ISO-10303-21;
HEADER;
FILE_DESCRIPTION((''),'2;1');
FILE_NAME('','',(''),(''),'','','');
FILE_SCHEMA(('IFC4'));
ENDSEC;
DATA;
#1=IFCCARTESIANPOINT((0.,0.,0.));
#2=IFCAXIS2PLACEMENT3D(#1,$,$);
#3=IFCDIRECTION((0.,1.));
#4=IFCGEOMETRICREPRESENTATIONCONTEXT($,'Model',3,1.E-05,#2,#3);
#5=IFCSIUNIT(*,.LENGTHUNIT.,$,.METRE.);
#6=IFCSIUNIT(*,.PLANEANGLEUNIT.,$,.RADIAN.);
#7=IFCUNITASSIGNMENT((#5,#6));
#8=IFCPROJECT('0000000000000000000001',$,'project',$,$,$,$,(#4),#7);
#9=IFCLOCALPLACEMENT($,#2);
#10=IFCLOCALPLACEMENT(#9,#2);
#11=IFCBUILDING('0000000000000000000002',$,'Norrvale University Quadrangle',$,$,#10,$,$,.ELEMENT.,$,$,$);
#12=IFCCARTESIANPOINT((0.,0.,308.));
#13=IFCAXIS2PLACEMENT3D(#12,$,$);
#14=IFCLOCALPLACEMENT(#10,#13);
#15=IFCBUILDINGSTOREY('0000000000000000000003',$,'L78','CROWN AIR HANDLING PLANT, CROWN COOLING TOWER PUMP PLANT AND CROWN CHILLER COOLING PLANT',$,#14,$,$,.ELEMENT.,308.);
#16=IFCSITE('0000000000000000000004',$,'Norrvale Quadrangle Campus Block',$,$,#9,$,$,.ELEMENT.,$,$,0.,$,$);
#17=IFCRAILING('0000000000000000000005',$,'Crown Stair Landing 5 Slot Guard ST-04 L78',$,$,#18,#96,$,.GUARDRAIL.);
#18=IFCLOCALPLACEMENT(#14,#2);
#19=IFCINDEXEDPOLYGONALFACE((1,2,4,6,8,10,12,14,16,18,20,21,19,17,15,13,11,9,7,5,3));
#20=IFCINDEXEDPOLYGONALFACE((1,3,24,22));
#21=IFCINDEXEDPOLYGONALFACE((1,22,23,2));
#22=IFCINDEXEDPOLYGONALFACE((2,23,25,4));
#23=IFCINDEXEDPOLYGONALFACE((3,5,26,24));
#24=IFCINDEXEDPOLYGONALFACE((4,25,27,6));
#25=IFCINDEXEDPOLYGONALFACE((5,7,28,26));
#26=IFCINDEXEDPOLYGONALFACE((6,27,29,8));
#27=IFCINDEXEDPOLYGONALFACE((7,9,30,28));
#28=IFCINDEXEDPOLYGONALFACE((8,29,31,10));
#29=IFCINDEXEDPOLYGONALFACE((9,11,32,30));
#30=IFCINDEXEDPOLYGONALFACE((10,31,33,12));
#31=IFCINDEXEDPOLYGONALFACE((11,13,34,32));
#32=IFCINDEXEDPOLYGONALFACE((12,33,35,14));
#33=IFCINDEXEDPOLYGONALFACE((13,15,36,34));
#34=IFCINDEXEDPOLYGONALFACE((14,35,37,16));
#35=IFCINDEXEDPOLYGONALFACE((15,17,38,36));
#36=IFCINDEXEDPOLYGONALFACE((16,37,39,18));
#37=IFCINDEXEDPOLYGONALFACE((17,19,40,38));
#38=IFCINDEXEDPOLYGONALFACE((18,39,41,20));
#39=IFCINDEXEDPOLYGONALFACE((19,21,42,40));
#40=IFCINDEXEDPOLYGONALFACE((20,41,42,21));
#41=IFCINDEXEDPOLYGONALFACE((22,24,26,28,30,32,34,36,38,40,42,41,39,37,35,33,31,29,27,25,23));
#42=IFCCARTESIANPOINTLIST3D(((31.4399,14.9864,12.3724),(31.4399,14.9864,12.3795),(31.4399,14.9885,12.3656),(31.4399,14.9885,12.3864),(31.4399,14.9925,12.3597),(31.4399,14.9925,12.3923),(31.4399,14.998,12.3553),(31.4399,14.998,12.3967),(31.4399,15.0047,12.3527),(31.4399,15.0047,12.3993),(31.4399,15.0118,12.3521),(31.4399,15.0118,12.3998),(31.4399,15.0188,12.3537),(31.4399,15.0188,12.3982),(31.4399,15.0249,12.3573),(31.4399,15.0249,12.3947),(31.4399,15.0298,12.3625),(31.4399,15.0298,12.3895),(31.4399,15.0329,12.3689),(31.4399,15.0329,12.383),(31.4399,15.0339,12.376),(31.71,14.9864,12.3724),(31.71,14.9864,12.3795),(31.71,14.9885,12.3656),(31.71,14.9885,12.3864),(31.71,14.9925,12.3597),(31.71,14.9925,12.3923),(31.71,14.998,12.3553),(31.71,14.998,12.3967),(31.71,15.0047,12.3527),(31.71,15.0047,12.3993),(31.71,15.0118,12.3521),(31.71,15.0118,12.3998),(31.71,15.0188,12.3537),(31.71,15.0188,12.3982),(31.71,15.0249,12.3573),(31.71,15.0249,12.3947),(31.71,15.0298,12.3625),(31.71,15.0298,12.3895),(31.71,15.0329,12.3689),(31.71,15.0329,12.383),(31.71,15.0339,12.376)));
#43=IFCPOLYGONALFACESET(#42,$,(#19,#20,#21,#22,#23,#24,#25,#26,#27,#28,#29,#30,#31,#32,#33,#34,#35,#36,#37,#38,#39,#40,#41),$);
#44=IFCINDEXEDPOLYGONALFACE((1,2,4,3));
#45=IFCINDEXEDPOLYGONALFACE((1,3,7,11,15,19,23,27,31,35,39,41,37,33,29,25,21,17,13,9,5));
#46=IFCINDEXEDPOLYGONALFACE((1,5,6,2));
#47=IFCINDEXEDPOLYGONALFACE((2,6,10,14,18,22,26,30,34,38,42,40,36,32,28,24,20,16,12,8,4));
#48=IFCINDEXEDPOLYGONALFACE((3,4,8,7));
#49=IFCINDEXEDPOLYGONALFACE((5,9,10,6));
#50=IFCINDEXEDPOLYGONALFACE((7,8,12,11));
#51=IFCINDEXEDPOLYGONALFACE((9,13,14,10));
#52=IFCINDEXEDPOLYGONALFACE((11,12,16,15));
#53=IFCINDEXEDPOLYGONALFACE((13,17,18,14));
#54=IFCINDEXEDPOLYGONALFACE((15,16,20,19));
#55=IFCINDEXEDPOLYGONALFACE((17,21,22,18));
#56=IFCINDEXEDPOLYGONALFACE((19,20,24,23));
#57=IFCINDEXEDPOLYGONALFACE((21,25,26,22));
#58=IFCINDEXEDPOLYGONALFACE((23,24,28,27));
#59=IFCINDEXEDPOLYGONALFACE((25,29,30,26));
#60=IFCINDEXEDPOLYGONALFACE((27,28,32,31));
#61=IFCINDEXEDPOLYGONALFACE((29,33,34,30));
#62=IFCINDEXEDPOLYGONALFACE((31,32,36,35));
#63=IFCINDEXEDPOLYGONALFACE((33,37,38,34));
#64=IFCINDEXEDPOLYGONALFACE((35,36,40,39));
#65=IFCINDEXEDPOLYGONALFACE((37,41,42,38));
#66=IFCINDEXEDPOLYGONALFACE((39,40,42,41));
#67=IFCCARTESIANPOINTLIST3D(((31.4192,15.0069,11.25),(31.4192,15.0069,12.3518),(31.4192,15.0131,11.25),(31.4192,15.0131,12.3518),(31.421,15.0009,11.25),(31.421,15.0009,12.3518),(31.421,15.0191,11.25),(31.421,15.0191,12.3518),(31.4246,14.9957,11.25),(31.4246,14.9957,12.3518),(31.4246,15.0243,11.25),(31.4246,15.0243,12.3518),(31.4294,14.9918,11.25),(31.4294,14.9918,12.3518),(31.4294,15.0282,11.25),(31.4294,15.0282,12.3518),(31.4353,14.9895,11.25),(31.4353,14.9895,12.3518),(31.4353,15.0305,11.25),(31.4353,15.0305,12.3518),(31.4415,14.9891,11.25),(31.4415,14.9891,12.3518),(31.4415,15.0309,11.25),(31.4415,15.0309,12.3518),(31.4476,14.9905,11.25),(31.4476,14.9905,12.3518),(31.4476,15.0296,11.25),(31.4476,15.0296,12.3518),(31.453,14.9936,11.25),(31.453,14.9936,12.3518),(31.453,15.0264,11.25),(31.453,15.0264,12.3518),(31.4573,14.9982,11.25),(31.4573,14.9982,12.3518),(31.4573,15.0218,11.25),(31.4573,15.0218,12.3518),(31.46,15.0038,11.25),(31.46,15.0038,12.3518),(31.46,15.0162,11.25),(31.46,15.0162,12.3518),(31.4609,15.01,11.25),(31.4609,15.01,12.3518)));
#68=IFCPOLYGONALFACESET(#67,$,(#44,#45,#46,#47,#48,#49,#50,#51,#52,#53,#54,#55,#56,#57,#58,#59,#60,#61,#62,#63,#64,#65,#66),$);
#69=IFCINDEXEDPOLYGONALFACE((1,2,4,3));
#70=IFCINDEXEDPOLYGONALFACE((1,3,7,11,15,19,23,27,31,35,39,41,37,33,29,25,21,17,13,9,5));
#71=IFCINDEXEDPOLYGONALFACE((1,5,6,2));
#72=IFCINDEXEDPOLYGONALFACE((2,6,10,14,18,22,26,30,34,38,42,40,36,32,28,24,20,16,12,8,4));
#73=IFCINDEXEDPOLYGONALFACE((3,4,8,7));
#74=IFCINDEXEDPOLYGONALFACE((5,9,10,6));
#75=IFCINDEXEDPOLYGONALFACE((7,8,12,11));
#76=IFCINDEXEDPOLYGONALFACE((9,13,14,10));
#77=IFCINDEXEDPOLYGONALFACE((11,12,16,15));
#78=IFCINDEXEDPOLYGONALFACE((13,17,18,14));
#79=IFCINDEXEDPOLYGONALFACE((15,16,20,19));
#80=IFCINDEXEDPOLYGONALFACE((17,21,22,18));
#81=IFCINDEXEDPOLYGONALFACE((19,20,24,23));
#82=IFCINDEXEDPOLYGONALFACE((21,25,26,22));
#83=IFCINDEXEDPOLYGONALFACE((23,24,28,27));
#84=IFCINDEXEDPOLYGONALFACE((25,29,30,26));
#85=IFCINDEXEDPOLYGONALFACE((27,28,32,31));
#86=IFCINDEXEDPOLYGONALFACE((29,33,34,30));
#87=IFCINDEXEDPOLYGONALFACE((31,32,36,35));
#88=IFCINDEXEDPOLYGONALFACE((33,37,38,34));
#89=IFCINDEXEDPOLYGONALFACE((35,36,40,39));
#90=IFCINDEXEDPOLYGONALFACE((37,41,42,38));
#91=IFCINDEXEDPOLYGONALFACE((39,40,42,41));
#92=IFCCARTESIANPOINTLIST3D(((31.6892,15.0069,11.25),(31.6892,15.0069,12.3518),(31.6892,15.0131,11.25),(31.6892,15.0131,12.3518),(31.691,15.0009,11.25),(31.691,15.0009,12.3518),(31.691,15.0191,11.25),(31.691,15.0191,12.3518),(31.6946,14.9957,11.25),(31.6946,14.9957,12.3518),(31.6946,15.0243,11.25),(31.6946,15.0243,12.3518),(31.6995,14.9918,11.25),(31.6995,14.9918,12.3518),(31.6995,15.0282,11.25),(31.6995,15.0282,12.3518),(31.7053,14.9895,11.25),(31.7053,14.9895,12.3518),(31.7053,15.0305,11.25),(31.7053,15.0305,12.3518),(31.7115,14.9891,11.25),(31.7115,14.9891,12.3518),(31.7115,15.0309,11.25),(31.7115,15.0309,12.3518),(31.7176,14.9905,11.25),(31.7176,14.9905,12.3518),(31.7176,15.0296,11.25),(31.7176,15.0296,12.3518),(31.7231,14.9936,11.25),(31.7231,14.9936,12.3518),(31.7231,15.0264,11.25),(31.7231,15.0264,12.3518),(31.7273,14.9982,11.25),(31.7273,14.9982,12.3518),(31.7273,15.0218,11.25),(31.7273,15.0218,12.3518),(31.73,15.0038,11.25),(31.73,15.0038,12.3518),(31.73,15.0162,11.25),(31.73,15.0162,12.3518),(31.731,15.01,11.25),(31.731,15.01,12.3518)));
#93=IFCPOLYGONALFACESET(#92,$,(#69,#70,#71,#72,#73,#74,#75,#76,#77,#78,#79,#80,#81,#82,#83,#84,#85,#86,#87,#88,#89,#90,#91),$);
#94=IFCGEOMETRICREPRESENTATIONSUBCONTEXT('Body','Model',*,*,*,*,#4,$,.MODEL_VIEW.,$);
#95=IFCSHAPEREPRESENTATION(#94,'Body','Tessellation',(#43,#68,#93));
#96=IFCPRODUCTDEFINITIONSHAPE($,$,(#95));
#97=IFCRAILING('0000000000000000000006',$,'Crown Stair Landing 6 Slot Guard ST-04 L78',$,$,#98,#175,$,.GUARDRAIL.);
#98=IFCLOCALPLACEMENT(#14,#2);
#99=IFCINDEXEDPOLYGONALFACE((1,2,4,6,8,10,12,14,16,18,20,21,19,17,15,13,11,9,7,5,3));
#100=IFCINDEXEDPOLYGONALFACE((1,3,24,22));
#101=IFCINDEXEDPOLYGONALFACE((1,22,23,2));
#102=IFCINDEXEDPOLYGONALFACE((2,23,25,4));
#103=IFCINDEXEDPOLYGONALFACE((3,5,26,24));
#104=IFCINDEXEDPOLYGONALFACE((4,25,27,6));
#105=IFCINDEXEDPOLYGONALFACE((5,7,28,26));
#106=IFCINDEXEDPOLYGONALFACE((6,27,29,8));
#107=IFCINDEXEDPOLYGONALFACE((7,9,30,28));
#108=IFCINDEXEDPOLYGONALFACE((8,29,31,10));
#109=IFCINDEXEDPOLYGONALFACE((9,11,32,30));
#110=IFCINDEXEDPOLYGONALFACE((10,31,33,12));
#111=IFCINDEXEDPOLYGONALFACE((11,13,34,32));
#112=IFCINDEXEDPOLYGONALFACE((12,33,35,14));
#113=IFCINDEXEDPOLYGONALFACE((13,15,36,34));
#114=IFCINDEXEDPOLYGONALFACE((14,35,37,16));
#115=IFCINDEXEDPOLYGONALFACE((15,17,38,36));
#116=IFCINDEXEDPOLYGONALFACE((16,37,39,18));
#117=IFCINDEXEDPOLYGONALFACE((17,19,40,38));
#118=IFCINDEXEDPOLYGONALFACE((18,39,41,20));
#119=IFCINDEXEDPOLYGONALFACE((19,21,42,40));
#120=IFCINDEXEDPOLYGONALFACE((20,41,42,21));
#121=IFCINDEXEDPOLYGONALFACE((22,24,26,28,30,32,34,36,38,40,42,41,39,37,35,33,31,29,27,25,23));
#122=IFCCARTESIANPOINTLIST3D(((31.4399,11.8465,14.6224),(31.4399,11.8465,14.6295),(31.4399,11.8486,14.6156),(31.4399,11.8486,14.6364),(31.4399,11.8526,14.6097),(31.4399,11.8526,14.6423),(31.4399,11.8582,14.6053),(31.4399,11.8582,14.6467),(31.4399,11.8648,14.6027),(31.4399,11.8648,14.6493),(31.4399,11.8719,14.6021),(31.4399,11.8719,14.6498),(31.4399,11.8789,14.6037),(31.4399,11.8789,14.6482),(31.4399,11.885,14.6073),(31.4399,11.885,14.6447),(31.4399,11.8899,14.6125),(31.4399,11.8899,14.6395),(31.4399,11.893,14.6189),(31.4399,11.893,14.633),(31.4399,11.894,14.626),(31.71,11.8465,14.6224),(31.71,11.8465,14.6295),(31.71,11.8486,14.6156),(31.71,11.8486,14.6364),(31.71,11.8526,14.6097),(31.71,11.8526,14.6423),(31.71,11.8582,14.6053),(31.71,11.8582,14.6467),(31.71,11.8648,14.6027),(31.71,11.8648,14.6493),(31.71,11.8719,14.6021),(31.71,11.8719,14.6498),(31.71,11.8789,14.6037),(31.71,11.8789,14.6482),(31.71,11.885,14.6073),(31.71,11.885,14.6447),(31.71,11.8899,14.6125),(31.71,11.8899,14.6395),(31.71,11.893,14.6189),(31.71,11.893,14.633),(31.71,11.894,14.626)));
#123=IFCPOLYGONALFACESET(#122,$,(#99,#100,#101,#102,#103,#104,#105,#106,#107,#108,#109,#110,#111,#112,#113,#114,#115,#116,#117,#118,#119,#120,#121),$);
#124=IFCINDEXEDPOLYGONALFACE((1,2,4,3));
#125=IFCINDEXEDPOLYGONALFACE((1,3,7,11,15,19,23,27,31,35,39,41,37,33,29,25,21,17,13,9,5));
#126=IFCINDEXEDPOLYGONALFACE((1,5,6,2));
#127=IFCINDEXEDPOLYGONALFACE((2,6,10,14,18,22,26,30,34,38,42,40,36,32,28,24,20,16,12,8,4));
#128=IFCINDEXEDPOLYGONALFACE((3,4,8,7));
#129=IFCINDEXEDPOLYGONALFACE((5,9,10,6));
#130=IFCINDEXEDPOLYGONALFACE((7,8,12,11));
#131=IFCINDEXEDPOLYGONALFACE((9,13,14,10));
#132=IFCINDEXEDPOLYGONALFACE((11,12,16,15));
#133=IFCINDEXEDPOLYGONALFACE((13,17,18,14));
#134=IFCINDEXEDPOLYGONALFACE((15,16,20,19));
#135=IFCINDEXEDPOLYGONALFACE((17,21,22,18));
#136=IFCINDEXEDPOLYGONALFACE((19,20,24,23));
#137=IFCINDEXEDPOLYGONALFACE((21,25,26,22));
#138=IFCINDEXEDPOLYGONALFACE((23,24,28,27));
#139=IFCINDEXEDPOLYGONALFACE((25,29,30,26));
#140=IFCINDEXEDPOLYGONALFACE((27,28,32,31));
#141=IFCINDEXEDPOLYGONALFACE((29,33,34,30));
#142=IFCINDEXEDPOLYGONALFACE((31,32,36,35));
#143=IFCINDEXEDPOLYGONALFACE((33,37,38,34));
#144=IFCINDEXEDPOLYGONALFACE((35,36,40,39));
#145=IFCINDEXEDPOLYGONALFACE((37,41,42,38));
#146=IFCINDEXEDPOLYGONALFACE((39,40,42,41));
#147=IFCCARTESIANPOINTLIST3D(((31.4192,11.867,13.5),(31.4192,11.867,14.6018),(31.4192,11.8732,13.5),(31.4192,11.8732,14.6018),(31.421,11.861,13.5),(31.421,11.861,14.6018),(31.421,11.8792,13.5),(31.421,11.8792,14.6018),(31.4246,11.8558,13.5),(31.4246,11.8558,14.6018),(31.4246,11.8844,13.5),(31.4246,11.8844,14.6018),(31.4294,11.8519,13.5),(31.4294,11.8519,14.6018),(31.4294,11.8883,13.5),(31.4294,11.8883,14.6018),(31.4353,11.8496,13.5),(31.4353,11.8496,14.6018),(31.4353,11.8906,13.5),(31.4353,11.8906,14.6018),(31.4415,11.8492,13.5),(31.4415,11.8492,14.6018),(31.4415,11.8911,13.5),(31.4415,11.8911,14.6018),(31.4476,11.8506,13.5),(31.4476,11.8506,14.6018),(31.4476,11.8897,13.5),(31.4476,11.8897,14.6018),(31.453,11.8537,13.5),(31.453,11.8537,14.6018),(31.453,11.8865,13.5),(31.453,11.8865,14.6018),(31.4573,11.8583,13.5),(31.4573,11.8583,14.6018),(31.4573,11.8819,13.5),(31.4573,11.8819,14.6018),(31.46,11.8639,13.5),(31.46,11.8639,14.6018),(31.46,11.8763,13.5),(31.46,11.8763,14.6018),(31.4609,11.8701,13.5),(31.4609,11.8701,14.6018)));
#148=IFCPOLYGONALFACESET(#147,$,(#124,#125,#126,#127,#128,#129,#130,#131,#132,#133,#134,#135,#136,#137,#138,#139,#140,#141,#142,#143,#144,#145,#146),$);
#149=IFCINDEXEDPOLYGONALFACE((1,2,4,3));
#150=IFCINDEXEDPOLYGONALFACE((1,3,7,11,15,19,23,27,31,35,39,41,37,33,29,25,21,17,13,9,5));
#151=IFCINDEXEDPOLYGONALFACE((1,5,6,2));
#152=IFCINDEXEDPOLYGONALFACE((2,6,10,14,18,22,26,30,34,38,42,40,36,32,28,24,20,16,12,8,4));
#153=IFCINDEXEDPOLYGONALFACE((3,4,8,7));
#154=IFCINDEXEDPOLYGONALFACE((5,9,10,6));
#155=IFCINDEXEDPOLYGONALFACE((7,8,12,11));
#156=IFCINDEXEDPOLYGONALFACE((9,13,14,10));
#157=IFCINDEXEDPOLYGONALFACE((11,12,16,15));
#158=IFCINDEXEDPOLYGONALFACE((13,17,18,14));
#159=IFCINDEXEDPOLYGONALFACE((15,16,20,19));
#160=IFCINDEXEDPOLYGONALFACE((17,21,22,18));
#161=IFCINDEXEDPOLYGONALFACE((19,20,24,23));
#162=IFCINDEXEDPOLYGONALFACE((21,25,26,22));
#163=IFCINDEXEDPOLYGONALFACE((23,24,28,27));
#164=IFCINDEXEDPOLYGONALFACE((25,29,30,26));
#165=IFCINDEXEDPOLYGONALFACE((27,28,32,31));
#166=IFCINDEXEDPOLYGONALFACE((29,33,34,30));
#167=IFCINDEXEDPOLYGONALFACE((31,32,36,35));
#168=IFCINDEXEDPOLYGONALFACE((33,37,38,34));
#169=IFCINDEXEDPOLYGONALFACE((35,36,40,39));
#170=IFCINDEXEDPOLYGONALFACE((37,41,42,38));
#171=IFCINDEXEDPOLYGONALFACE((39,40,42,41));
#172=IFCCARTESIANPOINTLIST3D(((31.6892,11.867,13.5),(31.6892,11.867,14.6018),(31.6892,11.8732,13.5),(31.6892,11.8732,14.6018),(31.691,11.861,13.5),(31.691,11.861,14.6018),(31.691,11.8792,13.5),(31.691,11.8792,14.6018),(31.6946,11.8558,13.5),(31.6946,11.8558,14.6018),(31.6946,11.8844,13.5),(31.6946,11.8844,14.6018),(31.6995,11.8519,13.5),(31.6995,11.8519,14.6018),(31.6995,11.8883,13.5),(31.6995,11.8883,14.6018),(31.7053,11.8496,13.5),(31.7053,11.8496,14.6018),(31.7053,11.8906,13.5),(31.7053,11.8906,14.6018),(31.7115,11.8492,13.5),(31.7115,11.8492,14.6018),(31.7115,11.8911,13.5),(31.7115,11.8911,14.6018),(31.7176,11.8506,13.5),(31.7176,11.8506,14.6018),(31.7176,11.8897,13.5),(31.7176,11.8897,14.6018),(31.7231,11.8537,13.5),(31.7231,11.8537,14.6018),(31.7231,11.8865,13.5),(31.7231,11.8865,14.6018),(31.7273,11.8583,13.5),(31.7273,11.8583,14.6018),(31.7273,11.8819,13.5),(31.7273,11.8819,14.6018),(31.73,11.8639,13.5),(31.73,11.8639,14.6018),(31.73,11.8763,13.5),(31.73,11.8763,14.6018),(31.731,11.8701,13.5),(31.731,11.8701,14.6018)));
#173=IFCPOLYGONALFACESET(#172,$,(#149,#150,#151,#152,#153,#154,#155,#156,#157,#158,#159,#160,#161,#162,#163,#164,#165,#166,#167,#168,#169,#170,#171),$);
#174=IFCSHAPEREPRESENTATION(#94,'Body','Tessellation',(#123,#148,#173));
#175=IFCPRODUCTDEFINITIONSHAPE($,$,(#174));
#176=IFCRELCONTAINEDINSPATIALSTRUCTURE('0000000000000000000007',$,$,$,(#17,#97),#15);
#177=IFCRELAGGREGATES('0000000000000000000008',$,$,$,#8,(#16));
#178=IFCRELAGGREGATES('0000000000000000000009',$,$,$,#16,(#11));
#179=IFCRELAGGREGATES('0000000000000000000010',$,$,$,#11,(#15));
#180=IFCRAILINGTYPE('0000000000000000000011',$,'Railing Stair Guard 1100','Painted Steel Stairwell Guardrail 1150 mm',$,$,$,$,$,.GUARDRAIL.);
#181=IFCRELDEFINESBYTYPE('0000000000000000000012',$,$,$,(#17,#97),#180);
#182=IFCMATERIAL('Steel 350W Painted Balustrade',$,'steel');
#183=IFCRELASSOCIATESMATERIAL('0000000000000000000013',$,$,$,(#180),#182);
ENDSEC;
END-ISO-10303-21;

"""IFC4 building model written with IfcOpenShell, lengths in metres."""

from ifc_helpers import new_model, si_unit, direction, frame, origin, origin_2d, place, context, subcontext, project, spatial, circle, extrude, material, type_object, element, save


model = new_model("IFC4")

# Units and contexts
model_context = context("Model", 3, precision=1e-05, world=origin(), true_north=direction((0.0, 1.0)))
body_context = subcontext(model_context, "Body", "Model", "MODEL_VIEW")
ifc_project = project(units=[si_unit("LENGTHUNIT", "METRE"), si_unit("PLANEANGLEUNIT", "RADIAN")], contexts=[model_context])

# Site, building, storey
site_placement = place(None, origin())
site = spatial("IfcSite", under=ifc_project, at=site_placement, Name="Norrvale Quadrangle Campus Block", CompositionType="ELEMENT", RefElevation=0.0)
building_placement = place(site_placement, origin())
building = spatial("IfcBuilding", under=site, at=building_placement, Name="Norrvale University Quadrangle", CompositionType="ELEMENT")
storey_placement = place(building_placement, frame((0.0, 0.0, 308.0)))
storey = spatial("IfcBuildingStorey", under=building, at=storey_placement, Name="L78", Description="CROWN AIR HANDLING PLANT, CROWN COOLING TOWER PUMP PLANT AND CROWN CHILLER COOLING PLANT", CompositionType="ELEMENT", Elevation=308.0)

# Railings
ifc_material_1 = material(Name="Steel 350W Painted Balustrade", Category="steel")
railing_type_1 = type_object("IfcRailingType", Name="Railing Stair Guard 1100", Description="Painted Steel Stairwell Guardrail 1150 mm", PredefinedType="GUARDRAIL", material=ifc_material_1)
for number, where, name in (
    (1, (31.4399, 15.01, 11.25), "Crown Stair Landing 5 Slot Guard ST-04 L78"),
    (2, (31.4399, 11.8701, 13.5), "Crown Stair Landing 6 Slot Guard ST-04 L78"),
):
    element("IfcRailing", number, at=place(storey_placement, frame(where)), inside=storey, type_object=railing_type_1, Name=name, PredefinedType="GUARDRAIL", context=body_context, shape_type="SweptSolid", body=[
        extrude(circle(Radius=0.0239, at=origin_2d()), frame((0.0, 0.0, 1.126), z_axis=(1.0, 0.0, 0.0), x_axis=(0.0, 1.0, 0.0)), (0.0, 0.0, 1.0), 0.27),
        extrude(circle(Radius=0.021, at=origin_2d()), origin(), (0.0, 0.0, 1.0), 1.1018),
        extrude(circle(Radius=0.021, at=origin_2d()), frame((0.27, 0.0, 0.0)), (0.0, 0.0, 1.0), 1.1018),
    ])

save(model, "model.ifc")
